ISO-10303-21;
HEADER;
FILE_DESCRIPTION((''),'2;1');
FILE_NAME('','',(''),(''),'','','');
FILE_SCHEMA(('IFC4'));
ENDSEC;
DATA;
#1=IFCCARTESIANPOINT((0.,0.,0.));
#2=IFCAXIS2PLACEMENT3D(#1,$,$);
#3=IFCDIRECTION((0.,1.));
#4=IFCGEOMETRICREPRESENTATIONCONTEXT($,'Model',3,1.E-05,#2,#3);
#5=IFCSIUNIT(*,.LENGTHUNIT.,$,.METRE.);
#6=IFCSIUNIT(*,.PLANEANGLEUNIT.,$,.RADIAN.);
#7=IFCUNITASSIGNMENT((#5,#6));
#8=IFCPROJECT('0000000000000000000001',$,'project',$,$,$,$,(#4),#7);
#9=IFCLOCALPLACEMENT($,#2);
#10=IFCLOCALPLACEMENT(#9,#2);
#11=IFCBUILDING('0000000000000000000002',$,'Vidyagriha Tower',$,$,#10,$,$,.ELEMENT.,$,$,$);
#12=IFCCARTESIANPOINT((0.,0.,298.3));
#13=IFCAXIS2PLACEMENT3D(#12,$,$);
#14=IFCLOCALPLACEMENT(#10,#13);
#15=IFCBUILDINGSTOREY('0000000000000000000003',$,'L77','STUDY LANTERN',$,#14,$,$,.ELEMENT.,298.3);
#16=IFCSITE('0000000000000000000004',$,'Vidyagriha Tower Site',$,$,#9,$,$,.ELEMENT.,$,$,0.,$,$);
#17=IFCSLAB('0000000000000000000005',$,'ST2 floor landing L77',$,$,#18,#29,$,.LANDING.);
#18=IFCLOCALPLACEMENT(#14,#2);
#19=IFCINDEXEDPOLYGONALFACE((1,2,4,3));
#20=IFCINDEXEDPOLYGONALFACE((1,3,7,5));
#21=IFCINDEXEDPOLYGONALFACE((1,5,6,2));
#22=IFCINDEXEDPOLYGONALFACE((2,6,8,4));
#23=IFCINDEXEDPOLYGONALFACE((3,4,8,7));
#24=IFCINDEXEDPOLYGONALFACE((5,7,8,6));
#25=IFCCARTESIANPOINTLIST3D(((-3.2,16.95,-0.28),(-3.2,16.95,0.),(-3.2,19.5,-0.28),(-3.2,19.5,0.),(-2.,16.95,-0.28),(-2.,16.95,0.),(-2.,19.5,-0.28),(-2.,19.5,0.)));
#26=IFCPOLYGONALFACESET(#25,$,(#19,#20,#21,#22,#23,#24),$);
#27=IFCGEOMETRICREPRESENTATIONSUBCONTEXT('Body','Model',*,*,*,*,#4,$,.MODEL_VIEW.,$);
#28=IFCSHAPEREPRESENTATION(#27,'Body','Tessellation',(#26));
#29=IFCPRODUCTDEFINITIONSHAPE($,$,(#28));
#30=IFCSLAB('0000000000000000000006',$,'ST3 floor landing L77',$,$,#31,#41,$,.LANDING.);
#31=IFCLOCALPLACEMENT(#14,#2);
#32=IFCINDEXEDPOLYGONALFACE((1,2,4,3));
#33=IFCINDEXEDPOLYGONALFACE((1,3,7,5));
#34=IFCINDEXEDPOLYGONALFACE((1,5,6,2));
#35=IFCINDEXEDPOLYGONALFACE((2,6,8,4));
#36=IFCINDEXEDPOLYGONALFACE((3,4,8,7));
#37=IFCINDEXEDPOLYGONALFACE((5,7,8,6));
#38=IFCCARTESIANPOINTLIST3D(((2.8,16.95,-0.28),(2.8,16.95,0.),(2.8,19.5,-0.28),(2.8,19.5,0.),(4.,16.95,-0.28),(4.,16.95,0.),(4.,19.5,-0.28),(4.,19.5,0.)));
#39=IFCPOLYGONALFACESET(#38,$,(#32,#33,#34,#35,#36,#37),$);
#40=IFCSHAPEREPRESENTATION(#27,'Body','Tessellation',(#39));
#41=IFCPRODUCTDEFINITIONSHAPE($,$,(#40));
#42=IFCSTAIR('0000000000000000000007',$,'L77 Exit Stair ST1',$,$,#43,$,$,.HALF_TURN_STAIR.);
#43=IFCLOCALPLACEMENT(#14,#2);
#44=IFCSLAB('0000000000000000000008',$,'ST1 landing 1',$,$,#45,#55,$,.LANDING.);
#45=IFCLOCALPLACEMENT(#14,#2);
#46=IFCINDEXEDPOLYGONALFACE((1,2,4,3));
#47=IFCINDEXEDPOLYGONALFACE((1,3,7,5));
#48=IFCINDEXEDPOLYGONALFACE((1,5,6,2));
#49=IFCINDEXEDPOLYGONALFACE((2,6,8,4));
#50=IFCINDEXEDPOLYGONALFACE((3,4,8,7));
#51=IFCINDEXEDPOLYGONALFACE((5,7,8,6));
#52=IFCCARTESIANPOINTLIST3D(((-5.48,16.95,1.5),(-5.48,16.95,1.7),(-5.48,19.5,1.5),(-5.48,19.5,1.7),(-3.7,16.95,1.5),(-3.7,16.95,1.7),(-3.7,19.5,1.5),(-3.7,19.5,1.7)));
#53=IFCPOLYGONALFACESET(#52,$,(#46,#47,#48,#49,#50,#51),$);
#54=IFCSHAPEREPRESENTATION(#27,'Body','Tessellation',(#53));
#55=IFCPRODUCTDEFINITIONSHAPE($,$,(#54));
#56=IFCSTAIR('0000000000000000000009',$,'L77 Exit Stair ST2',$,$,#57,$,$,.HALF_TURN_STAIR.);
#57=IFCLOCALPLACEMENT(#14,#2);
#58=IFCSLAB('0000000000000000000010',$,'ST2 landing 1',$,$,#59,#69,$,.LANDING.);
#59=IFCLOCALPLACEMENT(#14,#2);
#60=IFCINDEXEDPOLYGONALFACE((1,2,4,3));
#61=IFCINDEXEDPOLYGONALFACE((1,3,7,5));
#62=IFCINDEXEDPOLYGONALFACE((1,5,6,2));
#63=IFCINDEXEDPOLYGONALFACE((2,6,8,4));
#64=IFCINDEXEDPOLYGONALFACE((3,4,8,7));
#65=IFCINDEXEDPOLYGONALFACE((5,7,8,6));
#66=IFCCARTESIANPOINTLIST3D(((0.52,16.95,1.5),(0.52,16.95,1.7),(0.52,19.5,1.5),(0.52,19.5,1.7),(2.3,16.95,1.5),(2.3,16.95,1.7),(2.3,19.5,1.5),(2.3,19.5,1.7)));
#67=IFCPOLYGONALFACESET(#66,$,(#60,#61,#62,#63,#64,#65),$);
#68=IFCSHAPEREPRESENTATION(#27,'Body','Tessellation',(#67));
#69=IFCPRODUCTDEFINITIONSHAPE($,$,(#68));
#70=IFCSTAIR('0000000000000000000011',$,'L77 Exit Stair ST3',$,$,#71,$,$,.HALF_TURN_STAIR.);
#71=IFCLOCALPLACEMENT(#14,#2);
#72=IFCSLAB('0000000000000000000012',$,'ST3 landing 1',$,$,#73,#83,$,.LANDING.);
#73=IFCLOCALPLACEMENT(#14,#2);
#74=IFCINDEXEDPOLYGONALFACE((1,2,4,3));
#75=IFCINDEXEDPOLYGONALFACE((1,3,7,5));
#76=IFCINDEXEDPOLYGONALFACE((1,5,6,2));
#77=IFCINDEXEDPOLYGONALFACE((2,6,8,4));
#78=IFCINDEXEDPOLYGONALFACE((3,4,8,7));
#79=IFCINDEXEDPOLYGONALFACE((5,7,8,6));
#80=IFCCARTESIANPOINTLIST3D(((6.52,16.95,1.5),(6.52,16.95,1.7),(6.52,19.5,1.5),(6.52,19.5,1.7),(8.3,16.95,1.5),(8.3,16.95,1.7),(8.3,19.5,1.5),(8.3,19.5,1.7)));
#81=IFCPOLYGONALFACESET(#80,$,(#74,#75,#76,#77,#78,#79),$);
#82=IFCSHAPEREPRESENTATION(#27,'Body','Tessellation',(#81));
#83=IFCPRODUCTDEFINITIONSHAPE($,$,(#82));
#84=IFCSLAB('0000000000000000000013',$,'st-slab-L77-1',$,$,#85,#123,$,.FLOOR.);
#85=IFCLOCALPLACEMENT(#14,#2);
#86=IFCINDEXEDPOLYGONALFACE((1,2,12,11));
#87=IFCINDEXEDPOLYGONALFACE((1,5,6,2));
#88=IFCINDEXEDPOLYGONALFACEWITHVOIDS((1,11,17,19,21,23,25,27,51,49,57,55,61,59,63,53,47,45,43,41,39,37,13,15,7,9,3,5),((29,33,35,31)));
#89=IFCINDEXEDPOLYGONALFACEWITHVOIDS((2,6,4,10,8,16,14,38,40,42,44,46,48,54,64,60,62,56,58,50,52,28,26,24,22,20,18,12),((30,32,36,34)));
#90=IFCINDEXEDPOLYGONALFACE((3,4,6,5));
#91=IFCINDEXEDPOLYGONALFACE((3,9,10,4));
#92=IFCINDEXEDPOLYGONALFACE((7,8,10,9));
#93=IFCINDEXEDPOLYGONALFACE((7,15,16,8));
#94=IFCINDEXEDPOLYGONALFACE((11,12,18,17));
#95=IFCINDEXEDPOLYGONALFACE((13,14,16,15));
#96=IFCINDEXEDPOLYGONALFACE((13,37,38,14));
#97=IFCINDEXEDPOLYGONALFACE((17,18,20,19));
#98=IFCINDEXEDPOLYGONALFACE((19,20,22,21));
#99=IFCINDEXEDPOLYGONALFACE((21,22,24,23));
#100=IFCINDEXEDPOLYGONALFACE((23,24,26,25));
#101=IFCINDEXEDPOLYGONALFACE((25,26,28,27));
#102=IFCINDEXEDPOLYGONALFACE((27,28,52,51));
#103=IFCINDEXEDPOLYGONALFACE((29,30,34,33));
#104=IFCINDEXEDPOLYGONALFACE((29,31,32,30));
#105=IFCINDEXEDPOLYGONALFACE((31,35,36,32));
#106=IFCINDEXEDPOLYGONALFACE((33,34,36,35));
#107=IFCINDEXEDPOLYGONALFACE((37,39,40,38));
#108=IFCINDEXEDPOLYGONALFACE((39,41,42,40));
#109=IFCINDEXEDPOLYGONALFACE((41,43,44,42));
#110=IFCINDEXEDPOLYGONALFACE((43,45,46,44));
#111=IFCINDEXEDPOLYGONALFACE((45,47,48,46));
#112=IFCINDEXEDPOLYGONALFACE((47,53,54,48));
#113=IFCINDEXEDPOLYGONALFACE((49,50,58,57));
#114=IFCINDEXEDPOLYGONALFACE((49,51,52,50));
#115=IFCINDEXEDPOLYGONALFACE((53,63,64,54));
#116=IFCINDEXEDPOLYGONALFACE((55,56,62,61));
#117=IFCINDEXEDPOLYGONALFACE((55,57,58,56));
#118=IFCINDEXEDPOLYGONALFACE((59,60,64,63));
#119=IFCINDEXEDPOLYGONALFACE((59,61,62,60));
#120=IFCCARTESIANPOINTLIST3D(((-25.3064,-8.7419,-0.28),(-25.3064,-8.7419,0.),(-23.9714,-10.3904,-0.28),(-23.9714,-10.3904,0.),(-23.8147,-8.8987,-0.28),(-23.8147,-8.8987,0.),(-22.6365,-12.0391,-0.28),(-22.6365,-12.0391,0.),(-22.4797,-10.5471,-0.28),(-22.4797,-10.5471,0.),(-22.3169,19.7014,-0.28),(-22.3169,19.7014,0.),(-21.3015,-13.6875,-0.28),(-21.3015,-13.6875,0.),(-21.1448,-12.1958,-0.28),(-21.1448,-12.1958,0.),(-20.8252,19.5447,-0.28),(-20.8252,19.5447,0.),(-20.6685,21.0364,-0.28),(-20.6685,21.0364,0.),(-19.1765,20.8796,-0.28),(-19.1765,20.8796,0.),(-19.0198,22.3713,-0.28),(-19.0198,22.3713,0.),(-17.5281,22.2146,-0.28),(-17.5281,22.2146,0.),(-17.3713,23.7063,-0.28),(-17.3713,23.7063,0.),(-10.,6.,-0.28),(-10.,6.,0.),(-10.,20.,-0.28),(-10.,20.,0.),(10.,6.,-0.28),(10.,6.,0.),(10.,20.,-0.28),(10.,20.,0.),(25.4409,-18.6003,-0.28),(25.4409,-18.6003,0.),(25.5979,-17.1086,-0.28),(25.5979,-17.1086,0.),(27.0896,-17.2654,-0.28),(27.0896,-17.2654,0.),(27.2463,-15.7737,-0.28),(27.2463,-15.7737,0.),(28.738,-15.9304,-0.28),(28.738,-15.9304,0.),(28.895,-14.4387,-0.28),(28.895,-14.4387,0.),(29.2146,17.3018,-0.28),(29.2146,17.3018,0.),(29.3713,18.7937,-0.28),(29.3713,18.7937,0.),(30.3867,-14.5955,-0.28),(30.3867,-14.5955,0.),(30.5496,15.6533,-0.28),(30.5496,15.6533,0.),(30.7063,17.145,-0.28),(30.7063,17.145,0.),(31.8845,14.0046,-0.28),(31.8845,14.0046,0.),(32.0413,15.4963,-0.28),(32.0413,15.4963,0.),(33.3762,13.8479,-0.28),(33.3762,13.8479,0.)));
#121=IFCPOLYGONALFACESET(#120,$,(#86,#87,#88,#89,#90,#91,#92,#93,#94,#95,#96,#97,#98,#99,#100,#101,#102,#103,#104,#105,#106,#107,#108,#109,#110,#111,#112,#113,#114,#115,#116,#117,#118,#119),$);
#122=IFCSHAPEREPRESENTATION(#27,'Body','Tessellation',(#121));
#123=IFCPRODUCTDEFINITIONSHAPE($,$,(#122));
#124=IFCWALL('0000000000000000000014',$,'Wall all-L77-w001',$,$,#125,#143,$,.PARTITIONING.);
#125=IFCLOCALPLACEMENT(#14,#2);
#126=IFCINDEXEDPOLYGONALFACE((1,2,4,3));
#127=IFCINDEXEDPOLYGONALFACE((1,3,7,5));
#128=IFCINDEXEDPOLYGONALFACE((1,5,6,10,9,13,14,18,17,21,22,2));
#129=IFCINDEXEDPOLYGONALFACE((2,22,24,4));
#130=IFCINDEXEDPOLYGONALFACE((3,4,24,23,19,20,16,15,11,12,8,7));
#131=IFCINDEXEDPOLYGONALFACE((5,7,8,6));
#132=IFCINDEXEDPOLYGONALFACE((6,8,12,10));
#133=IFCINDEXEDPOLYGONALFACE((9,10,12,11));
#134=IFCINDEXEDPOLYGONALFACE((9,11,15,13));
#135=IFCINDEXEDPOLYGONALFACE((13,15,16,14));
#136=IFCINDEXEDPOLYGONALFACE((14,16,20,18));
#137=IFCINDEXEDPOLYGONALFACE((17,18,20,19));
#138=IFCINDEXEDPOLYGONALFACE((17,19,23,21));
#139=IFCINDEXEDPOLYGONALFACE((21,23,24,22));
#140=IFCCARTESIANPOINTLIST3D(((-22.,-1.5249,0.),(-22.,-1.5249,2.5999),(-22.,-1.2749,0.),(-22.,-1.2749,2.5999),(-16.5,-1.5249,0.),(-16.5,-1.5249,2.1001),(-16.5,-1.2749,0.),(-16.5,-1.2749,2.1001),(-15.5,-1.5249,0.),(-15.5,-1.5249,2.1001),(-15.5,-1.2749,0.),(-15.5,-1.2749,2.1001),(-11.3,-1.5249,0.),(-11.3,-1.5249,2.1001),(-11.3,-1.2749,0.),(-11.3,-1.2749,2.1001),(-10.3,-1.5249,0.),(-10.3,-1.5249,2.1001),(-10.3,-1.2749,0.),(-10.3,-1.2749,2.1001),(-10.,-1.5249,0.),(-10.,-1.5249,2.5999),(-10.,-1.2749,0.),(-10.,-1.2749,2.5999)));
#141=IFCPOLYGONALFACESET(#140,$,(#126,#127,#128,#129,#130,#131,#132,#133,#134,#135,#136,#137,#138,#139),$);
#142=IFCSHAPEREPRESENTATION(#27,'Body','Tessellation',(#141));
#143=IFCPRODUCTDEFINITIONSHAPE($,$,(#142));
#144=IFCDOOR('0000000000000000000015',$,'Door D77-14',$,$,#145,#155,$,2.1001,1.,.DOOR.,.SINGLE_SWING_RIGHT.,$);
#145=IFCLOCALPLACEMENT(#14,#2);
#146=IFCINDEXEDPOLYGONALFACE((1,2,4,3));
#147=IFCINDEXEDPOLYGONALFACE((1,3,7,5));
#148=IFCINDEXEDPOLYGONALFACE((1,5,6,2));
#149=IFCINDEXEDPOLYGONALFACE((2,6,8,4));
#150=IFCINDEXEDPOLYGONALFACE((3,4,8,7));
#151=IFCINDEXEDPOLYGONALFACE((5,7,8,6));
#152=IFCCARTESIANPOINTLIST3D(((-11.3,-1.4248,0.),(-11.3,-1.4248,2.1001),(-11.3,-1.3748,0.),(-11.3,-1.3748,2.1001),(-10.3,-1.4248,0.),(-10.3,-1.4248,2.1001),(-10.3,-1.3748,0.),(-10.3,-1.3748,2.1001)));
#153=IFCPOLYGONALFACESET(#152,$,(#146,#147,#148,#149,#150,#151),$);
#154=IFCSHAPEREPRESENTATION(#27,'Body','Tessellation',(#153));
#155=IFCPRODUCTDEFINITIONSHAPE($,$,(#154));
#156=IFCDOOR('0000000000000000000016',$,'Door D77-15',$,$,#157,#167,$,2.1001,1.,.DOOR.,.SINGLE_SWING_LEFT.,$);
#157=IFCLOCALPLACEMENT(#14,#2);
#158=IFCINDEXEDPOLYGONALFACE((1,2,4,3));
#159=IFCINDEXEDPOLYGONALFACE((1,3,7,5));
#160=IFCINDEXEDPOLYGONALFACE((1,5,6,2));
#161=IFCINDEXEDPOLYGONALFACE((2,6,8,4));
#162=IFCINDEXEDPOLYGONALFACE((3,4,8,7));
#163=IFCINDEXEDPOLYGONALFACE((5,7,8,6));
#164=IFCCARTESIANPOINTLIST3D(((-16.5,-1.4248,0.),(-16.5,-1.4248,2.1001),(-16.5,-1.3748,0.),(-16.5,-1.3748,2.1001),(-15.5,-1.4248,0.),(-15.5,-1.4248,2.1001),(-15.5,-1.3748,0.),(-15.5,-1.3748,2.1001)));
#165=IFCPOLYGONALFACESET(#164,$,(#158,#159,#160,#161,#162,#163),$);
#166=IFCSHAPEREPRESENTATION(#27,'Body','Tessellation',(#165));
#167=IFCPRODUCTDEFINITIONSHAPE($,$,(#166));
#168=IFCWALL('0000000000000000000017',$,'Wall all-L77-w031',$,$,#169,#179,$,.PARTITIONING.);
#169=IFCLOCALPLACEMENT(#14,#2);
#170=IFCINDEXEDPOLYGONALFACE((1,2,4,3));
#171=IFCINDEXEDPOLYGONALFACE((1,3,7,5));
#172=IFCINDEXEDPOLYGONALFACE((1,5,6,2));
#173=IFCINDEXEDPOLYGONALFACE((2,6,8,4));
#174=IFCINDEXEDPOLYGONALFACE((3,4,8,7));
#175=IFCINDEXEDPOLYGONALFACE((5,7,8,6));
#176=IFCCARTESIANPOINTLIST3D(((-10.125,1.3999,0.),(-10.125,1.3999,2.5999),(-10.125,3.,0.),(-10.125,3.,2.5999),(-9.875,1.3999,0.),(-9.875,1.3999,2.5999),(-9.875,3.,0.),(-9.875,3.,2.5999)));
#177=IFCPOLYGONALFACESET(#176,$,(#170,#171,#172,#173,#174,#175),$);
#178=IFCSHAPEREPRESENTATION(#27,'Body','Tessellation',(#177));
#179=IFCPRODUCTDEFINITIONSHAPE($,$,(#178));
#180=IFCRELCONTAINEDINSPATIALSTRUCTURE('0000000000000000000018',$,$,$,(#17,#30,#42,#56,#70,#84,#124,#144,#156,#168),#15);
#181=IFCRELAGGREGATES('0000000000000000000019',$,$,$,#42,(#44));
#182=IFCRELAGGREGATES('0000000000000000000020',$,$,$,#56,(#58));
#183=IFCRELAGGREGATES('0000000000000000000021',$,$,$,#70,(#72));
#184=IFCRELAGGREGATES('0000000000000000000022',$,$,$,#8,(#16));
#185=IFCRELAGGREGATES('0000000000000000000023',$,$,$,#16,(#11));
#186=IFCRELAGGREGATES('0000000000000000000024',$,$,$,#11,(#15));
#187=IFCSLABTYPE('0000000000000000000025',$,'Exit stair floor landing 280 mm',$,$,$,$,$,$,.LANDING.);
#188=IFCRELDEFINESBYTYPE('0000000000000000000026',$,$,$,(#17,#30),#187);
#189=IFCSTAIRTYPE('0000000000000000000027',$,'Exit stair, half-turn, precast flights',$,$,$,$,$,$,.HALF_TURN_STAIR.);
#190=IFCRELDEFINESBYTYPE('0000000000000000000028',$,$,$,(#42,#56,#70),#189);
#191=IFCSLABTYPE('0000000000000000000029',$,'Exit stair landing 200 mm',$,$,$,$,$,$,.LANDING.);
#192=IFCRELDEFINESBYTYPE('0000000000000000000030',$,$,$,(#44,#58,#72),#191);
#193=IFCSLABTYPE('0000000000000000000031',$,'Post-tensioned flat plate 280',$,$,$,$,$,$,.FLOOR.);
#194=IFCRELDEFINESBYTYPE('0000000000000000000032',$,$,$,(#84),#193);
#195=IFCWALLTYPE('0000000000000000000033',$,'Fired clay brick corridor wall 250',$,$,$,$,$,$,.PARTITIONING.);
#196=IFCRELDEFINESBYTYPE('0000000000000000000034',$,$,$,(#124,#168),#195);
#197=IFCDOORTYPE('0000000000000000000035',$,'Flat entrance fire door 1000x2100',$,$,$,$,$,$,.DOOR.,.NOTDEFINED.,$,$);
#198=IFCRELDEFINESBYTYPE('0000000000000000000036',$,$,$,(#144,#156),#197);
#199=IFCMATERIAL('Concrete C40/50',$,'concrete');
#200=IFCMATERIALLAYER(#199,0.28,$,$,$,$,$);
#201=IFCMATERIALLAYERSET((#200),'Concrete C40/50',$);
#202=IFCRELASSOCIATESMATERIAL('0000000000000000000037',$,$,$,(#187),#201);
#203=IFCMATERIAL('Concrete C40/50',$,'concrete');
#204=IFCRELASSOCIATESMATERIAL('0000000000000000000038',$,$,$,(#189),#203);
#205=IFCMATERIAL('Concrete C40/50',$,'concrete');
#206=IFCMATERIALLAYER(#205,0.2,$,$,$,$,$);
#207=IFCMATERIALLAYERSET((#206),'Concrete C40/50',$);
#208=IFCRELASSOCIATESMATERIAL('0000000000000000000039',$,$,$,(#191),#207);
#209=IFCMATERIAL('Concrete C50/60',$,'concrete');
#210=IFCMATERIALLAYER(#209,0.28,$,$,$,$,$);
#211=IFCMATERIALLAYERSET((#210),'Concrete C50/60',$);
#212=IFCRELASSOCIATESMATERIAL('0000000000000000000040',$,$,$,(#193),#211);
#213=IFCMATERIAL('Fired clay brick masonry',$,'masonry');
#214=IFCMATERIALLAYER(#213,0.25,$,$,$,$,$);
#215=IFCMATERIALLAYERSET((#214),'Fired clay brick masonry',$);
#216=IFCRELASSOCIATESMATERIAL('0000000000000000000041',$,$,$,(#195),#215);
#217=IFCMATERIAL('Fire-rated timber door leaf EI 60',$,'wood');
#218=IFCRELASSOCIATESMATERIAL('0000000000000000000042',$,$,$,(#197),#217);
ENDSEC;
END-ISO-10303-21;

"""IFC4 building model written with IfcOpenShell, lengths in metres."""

from ifc_helpers import new_model, si_unit, direction, frame, frame_2d, origin, place, context, subcontext, project, spatial, polyline, rectangle, outline, extrude, material, layer, layer_set, type_object, element, fill, aggregate, save


model = new_model("IFC4")

# Units and contexts
model_context = context("Model", 3, precision=1e-05, world=origin(), true_north=direction((0.0, 1.0)))
body_context = subcontext(model_context, "Body", "Model", "MODEL_VIEW")
ifc_project = project(units=[si_unit("LENGTHUNIT", "METRE"), si_unit("PLANEANGLEUNIT", "RADIAN")], contexts=[model_context])

# Site, building, storey
site_placement = place(None, origin())
site = spatial("IfcSite", under=ifc_project, at=site_placement, Name="Vidyagriha Tower Site", CompositionType="ELEMENT", RefElevation=0.0)
building_placement = place(site_placement, origin())
building = spatial("IfcBuilding", under=site, at=building_placement, Name="Vidyagriha Tower", CompositionType="ELEMENT")
storey_placement = place(building_placement, frame((0.0, 0.0, 298.3)))
storey = spatial("IfcBuildingStorey", under=building, at=storey_placement, Name="L77", Description="STUDY LANTERN", CompositionType="ELEMENT", Elevation=298.3)

# Slabs
ifc_material_1 = material(Name="Concrete C40/50", Category="concrete")
ifc_layer_1 = layer(ifc_material_1, 0.28)
ifc_layer_set_1 = layer_set([ifc_layer_1], Name="Concrete C40/50")
slab_type_1 = type_object("IfcSlabType", Name="Exit stair floor landing 280 mm", PredefinedType="LANDING", material=ifc_layer_set_1)
slab_1_placement = place(storey_placement, frame((0.0, 0.0, -0.28)))
element("IfcSlab", 1, at=slab_1_placement, inside=storey, type_object=slab_type_1, Name="ST2 floor landing L77", PredefinedType="LANDING", context=body_context, shape_type="SweptSolid", body=[
    extrude(outline(polyline([(-3.2, 16.95), (-2.0, 16.95), (-2.0, 19.5), (-3.2, 19.5), (-3.2, 16.95)])), origin(), (0.0, 0.0, 1.0), 0.28),
])
slab_2_placement = place(storey_placement, frame((0.0, 0.0, -0.28)))
element("IfcSlab", 2, at=slab_2_placement, inside=storey, type_object=slab_type_1, Name="ST3 floor landing L77", PredefinedType="LANDING", context=body_context, shape_type="SweptSolid", body=[
    extrude(outline(polyline([(2.8, 16.95), (4.0, 16.95), (4.0, 19.5), (2.8, 19.5), (2.8, 16.95)])), origin(), (0.0, 0.0, 1.0), 0.28),
])

# Stairs, slabs
ifc_material_2 = material(Name="Concrete C40/50", Category="concrete")
stair_type = type_object("IfcStairType", Name="Exit stair, half-turn, precast flights", PredefinedType="HALF_TURN_STAIR", material=ifc_material_2)
stair_1_placement = place(storey_placement, origin())
stair_1 = element("IfcStair", 3, at=stair_1_placement, inside=storey, type_object=stair_type, Name="L77 Exit Stair ST1", PredefinedType="HALF_TURN_STAIR")
ifc_material_3 = material(Name="Concrete C40/50", Category="concrete")
ifc_layer_2 = layer(ifc_material_3, 0.2)
ifc_layer_set_2 = layer_set([ifc_layer_2], Name="Concrete C40/50")
slab_type_2 = type_object("IfcSlabType", Name="Exit stair landing 200 mm", PredefinedType="LANDING", material=ifc_layer_set_2)
slab_3_placement = place(storey_placement, frame((0.0, 0.0, 1.5)))
slab_3 = element("IfcSlab", 4, at=slab_3_placement, type_object=slab_type_2, Name="ST1 landing 1", PredefinedType="LANDING", context=body_context, shape_type="SweptSolid", body=[
    extrude(outline(polyline([(-5.48, 16.95), (-3.7, 16.95), (-3.7, 19.5), (-5.48, 19.5), (-5.48, 16.95)])), origin(), (0.0, 0.0, 1.0), 0.2),
])
aggregate(stair_1, [slab_3])
stair_2_placement = place(storey_placement, origin())
stair_2 = element("IfcStair", 5, at=stair_2_placement, inside=storey, type_object=stair_type, Name="L77 Exit Stair ST2", PredefinedType="HALF_TURN_STAIR")
slab_4_placement = place(storey_placement, frame((0.0, 0.0, 1.5)))
slab_4 = element("IfcSlab", 6, at=slab_4_placement, type_object=slab_type_2, Name="ST2 landing 1", PredefinedType="LANDING", context=body_context, shape_type="SweptSolid", body=[
    extrude(outline(polyline([(0.52, 16.95), (2.3, 16.95), (2.3, 19.5), (0.52, 19.5), (0.52, 16.95)])), origin(), (0.0, 0.0, 1.0), 0.2),
])
aggregate(stair_2, [slab_4])
stair_3_placement = place(storey_placement, origin())
stair_3 = element("IfcStair", 7, at=stair_3_placement, inside=storey, type_object=stair_type, Name="L77 Exit Stair ST3", PredefinedType="HALF_TURN_STAIR")
slab_5_placement = place(storey_placement, frame((0.0, 0.0, 1.5)))
slab_5 = element("IfcSlab", 8, at=slab_5_placement, type_object=slab_type_2, Name="ST3 landing 1", PredefinedType="LANDING", context=body_context, shape_type="SweptSolid", body=[
    extrude(outline(polyline([(6.52, 16.95), (8.3, 16.95), (8.3, 19.5), (6.52, 19.5), (6.52, 16.95)])), origin(), (0.0, 0.0, 1.0), 0.2),
])
aggregate(stair_3, [slab_5])

# Slab
ifc_material_4 = material(Name="Concrete C50/60", Category="concrete")
ifc_layer_3 = layer(ifc_material_4, 0.28)
ifc_layer_set_3 = layer_set([ifc_layer_3], Name="Concrete C50/60")
slab_type_3 = type_object("IfcSlabType", Name="Post-tensioned flat plate 280", PredefinedType="FLOOR", material=ifc_layer_set_3)
slab_6_placement = place(storey_placement, frame((0.0, 0.0, -0.28)))
element("IfcSlab", 9, at=slab_6_placement, inside=storey, type_object=slab_type_3, Name="st-slab-L77-1", PredefinedType="FLOOR", context=body_context, shape_type="SweptSolid", body=[
    extrude(outline(polyline([(28.895, -14.4387), (28.738, -15.9304), (27.2463, -15.7737), (27.0896, -17.2654), (25.5979, -17.1086), (25.4409, -18.6003), (-21.3015, -13.6875), (-21.1448, -12.1958), (-22.6365, -12.0391), (-22.4797, -10.5471), (-23.9714, -10.3904), (-23.8147, -8.8987), (-25.3064, -8.7419), (-22.3169, 19.7014), (-20.8252, 19.5447), (-20.6685, 21.0364), (-19.1765, 20.8796), (-19.0198, 22.3713), (-17.5281, 22.2146), (-17.3713, 23.7063), (29.3713, 18.7937), (29.2146, 17.3018), (30.7063, 17.145), (30.5496, 15.6533), (32.0413, 15.4963), (31.8845, 14.0046), (33.3762, 13.8479), (30.3867, -14.5955), (28.895, -14.4387)]), holes=[polyline([(10.0, 20.0), (-10.0, 20.0), (-10.0, 6.0), (10.0, 6.0), (10.0, 20.0)])]), origin(), (0.0, 0.0, 1.0), 0.28),
])

# Wall, openings, doors
ifc_material_5 = material(Name="Fired clay brick masonry", Category="masonry")
ifc_layer_4 = layer(ifc_material_5, 0.25)
ifc_layer_set_4 = layer_set([ifc_layer_4], Name="Fired clay brick masonry")
wall_type_1 = type_object("IfcWallType", Name="Fired clay brick corridor wall 250", PredefinedType="PARTITIONING", material=ifc_layer_set_4)
wall_1_placement = place(storey_placement, frame((-10.0, -1.3999, 0.0), z_axis=(0.0, 0.0, 1.0), x_axis=(-1.0, 0.0, 0.0)))
wall_1 = element("IfcWall", 10, at=wall_1_placement, inside=storey, type_object=wall_type_1, Name="Wall all-L77-w001", PredefinedType="PARTITIONING", context=body_context, shape_type="SweptSolid", body=[
    extrude(rectangle(XDim=12.0, YDim=0.25, at=frame_2d((6.0, 0.0))), origin(), (0.0, 0.0, 1.0), 2.5999),
])
opening_1_placement = place(wall_1_placement, frame((0.3, 0.0, 0.0)))
opening_1 = element("IfcOpeningElement", 11, at=opening_1_placement, cuts=wall_1, PredefinedType="OPENING", context=body_context, shape_type="SweptSolid", body=[
    extrude(rectangle(XDim=1.0, YDim=2.1001, at=frame_2d((0.5, 1.05))), frame((0.0, 0.135, 0.0), z_axis=(0.0, -1.0, 0.0), x_axis=(1.0, 0.0, 0.0)), (0.0, 0.0, 1.0), 0.27),
])
opening_2_placement = place(wall_1_placement, frame((5.5, 0.0, 0.0)))
opening_2 = element("IfcOpeningElement", 12, at=opening_2_placement, cuts=wall_1, PredefinedType="OPENING", context=body_context, shape_type="SweptSolid", body=[
    extrude(rectangle(XDim=1.0, YDim=2.1001, at=frame_2d((0.5, 1.05))), frame((0.0, 0.135, 0.0), z_axis=(0.0, -1.0, 0.0), x_axis=(1.0, 0.0, 0.0)), (0.0, 0.0, 1.0), 0.27),
])
ifc_material_6 = material(Name="Fire-rated timber door leaf EI 60", Category="wood")
door_type = type_object("IfcDoorType", Name="Flat entrance fire door 1000x2100", OperationType="NOTDEFINED", PredefinedType="DOOR", material=ifc_material_6)
door_1_placement = place(opening_1_placement, origin())
door_1 = element("IfcDoor", 13, at=door_1_placement, inside=storey, type_object=door_type, Name="Door D77-14", OperationType="SINGLE_SWING_RIGHT", OverallHeight=2.1001, OverallWidth=1.0, PredefinedType="DOOR", context=body_context, shape_type="SweptSolid", body=[
    extrude(rectangle(XDim=1.0, YDim=2.1001, at=frame_2d((0.5, 1.05))), frame((0.0, 0.0249, 0.0), z_axis=(0.0, -1.0, 0.0), x_axis=(1.0, 0.0, 0.0)), (0.0, 0.0, 1.0), 0.05),
])
fill(opening_1, door_1)
door_2_placement = place(opening_2_placement, origin())
door_2 = element("IfcDoor", 14, at=door_2_placement, inside=storey, type_object=door_type, Name="Door D77-15", OperationType="SINGLE_SWING_LEFT", OverallHeight=2.1001, OverallWidth=1.0, PredefinedType="DOOR", context=body_context, shape_type="SweptSolid", body=[
    extrude(rectangle(XDim=1.0, YDim=2.1001, at=frame_2d((0.5, 1.05))), frame((0.0, 0.0249, 0.0), z_axis=(0.0, -1.0, 0.0), x_axis=(1.0, 0.0, 0.0)), (0.0, 0.0, 1.0), 0.05),
])
fill(opening_2, door_2)

# Wall
wall_2_placement = place(storey_placement, frame((-10.0, 3.0, 0.0), z_axis=(0.0, 0.0, 1.0), x_axis=(0.0, -1.0, 0.0)))
element("IfcWall", 15, at=wall_2_placement, inside=storey, type_object=wall_type_1, Name="Wall all-L77-w031", PredefinedType="PARTITIONING", context=body_context, shape_type="SweptSolid", body=[
    extrude(rectangle(XDim=1.6001, YDim=0.25, at=frame_2d((0.8, 0.0))), origin(), (0.0, 0.0, 1.0), 2.5999),
])

save(model, "model.ifc")
